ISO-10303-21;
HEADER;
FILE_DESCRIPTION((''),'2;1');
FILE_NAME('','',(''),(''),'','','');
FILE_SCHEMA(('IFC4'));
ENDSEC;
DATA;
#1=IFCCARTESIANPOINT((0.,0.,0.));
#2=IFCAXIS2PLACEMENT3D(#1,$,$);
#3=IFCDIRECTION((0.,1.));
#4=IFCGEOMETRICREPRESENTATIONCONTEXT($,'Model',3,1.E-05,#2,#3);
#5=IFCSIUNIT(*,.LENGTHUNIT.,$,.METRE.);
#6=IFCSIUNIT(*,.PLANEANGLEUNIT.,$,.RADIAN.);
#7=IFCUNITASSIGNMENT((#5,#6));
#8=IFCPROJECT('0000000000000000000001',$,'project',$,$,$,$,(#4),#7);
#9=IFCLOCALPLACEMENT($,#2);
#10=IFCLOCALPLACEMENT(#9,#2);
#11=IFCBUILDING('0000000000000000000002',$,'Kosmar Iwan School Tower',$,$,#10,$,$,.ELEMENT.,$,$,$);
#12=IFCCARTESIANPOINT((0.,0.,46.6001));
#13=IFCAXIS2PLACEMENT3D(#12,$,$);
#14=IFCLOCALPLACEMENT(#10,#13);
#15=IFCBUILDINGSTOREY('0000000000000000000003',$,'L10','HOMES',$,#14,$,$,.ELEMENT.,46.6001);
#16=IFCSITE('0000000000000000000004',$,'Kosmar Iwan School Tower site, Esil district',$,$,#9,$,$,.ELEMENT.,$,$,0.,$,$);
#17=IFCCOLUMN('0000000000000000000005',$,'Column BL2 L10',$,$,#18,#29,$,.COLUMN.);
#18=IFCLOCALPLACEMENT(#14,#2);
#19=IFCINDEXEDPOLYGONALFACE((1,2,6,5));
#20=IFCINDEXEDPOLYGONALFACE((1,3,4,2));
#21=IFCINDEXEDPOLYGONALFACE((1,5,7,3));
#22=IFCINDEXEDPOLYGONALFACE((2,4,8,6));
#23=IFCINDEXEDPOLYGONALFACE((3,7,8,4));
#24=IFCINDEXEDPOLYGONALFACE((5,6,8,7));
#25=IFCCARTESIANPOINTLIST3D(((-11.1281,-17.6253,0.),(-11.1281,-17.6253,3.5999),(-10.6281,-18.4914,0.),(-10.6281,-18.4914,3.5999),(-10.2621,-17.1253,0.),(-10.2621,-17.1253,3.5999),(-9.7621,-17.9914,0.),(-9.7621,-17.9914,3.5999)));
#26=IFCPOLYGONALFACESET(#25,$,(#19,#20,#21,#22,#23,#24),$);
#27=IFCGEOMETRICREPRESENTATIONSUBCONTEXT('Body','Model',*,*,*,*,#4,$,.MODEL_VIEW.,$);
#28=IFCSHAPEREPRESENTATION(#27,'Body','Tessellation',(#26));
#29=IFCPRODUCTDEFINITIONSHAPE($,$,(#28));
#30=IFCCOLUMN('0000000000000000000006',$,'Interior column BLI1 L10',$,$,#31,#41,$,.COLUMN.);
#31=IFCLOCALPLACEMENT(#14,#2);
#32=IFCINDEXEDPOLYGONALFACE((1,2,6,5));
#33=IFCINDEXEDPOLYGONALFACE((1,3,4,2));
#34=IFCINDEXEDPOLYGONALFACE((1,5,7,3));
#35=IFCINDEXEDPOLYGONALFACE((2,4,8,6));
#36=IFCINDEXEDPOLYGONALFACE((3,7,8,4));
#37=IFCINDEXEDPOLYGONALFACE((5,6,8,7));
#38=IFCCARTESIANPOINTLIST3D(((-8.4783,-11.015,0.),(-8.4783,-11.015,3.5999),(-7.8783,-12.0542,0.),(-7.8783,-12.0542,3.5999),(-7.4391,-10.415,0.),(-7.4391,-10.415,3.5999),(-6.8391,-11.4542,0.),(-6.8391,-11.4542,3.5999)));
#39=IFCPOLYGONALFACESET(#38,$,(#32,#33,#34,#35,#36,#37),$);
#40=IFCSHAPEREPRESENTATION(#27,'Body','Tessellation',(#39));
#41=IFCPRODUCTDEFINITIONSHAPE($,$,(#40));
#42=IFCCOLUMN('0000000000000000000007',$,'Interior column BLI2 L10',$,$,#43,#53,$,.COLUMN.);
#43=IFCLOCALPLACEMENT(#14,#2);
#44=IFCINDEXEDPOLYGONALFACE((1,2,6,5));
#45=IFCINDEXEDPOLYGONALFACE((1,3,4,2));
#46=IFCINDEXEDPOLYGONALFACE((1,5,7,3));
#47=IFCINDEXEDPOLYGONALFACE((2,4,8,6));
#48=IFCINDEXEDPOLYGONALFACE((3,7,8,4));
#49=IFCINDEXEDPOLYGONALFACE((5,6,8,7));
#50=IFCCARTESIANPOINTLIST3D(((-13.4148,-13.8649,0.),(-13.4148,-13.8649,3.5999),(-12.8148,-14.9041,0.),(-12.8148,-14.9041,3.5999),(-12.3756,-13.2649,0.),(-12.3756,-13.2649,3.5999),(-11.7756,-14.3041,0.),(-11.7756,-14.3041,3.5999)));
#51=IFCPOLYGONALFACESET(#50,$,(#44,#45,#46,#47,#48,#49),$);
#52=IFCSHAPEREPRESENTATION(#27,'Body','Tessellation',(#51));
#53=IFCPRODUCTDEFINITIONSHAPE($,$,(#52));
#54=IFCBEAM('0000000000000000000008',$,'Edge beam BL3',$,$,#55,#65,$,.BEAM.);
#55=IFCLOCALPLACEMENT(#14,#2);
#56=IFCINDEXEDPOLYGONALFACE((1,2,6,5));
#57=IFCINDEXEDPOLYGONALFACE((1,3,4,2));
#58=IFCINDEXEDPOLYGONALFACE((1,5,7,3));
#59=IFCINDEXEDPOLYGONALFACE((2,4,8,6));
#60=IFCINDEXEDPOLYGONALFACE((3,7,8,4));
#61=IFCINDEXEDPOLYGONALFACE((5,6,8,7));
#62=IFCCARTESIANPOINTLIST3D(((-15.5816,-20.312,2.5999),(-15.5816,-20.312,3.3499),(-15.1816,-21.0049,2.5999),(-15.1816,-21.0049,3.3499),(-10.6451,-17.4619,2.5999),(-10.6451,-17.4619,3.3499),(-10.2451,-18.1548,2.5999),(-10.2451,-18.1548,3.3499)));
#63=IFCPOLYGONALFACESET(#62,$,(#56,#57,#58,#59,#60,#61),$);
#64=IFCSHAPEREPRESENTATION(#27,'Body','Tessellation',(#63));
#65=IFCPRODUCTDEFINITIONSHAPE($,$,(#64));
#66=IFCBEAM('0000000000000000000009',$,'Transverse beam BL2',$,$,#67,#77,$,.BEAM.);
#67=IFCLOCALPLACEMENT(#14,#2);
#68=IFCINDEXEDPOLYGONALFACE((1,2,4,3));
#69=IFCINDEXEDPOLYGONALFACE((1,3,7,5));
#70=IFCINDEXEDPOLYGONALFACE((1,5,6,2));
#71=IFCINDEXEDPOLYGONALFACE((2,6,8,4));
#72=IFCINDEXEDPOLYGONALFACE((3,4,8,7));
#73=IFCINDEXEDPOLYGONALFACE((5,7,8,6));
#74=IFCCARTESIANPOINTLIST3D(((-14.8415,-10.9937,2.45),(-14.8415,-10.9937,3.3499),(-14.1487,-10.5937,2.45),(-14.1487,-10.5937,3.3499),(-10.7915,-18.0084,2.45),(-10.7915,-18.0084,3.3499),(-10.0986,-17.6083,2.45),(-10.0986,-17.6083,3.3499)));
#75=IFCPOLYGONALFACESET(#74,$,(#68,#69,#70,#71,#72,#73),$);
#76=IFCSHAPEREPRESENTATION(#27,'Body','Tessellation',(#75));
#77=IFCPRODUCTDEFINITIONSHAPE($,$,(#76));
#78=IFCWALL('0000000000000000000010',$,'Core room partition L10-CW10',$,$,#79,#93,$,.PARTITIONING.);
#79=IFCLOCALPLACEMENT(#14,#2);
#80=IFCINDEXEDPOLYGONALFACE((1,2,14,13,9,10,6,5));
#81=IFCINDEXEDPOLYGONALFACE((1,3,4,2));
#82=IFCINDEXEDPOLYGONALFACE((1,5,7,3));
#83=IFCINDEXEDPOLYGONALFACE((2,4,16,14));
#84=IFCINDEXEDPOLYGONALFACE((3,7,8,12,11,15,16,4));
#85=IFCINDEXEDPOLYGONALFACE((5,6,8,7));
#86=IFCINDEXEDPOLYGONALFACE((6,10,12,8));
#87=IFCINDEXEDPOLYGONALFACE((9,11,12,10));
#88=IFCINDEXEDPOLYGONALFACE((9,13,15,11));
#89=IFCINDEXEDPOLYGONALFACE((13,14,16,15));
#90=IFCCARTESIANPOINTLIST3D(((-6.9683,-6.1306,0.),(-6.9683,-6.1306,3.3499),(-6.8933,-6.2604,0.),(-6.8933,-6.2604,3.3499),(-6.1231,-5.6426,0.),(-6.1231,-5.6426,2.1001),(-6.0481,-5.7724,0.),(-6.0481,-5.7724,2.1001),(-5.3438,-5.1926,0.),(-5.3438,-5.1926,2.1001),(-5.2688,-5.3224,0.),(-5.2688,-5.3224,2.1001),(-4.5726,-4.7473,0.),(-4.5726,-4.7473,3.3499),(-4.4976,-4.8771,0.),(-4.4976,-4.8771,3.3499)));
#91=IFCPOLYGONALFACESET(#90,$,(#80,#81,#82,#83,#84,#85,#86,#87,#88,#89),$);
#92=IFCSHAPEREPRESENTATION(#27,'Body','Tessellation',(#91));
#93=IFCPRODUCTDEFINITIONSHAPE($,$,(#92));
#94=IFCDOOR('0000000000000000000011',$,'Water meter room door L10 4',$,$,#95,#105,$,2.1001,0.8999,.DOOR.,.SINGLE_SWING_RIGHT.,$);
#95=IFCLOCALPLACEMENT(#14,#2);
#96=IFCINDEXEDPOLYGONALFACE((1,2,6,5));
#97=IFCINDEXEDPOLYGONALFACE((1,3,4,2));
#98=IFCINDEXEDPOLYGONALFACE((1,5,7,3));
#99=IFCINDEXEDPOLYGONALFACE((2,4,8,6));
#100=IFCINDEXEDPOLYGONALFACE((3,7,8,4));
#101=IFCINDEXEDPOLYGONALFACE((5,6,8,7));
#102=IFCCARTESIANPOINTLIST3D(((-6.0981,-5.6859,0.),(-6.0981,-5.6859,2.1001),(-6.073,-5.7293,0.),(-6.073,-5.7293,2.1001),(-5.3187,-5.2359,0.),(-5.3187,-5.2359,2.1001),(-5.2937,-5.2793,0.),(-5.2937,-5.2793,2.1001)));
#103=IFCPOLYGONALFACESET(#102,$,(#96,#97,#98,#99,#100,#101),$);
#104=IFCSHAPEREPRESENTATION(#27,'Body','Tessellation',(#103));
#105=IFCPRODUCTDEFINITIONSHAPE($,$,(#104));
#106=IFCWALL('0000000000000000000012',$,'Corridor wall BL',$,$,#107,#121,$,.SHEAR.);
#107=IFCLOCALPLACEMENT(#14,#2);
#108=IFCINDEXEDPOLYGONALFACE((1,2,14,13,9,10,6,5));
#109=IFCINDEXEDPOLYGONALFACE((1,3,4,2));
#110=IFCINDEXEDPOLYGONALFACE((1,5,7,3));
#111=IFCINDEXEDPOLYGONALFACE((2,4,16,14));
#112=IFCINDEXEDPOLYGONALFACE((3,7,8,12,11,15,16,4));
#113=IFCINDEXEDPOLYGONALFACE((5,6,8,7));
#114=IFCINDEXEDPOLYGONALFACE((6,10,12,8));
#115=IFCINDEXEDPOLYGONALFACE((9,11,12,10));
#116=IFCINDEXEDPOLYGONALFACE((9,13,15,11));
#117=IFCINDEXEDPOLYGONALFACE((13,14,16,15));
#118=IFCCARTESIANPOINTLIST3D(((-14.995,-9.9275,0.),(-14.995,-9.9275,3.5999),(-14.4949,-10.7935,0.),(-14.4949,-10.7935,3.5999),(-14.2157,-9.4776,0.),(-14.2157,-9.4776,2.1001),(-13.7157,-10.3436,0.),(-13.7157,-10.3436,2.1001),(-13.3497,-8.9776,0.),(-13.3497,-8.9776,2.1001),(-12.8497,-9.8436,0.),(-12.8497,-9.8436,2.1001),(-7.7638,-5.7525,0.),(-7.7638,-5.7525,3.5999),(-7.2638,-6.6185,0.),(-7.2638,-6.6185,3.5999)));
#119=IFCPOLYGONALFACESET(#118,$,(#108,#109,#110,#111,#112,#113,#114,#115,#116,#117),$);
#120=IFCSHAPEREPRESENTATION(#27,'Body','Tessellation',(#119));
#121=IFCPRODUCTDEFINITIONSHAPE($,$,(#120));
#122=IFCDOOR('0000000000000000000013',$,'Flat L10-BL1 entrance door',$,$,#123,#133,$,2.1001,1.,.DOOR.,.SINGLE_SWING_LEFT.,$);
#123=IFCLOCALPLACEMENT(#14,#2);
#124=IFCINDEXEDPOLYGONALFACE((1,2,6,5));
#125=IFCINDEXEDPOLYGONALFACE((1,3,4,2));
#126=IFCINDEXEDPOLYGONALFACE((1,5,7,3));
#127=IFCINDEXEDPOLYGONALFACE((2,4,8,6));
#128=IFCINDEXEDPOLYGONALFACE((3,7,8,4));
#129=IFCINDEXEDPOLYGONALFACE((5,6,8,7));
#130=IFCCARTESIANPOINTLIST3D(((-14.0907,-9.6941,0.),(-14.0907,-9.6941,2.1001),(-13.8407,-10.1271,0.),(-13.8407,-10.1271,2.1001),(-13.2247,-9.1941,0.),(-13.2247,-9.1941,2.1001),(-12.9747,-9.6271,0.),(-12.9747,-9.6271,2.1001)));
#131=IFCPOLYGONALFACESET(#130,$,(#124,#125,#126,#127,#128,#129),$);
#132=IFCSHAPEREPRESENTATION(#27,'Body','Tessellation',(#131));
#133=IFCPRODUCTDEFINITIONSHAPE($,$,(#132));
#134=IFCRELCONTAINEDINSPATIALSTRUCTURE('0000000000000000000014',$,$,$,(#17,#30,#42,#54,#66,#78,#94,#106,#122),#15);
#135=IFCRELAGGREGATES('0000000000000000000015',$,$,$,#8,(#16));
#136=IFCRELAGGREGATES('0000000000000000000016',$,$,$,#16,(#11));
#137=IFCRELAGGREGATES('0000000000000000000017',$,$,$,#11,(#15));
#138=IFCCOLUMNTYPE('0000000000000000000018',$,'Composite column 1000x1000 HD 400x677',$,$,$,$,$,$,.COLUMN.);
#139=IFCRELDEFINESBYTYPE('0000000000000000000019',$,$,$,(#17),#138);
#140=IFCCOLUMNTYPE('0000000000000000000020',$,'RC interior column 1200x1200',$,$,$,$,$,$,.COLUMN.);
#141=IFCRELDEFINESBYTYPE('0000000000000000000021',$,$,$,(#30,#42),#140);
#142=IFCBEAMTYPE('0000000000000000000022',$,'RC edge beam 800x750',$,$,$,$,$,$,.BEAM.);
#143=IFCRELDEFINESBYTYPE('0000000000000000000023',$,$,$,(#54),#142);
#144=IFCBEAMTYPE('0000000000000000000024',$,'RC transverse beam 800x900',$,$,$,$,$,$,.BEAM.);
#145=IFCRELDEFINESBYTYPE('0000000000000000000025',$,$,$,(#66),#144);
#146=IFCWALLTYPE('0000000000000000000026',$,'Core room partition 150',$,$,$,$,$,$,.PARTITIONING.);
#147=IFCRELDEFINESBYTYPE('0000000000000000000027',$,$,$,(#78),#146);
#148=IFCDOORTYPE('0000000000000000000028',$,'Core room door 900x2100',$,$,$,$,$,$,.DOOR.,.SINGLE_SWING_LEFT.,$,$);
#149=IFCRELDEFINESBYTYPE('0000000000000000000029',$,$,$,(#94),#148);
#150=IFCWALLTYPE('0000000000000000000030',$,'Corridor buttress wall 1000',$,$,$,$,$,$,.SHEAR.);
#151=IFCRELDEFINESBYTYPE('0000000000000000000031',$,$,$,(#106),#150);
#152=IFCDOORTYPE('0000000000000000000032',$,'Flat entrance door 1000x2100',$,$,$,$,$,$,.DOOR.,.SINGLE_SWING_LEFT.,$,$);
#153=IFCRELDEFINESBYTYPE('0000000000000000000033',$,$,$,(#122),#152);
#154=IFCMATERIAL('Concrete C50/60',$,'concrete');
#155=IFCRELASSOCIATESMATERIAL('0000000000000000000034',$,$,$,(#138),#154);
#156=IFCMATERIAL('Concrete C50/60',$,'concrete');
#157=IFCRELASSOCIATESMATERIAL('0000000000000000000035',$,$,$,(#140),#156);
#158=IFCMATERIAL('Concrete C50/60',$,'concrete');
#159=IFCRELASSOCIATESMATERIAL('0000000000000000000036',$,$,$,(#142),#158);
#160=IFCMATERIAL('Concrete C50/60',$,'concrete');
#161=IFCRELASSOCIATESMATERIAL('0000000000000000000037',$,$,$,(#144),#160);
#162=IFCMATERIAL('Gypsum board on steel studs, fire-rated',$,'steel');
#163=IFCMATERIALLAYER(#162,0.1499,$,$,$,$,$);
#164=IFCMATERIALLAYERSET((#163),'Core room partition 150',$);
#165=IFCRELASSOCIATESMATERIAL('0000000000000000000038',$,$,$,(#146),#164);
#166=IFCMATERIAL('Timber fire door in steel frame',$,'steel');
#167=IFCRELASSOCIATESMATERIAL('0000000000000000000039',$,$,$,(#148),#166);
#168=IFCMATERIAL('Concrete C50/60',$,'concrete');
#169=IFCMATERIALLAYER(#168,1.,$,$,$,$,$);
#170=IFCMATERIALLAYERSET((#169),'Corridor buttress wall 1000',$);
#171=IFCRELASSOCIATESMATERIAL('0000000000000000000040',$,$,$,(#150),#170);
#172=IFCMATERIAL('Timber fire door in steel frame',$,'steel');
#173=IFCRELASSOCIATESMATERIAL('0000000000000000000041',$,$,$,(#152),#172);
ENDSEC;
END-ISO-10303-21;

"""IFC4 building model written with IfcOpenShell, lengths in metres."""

from ifc_helpers import new_model, si_unit, direction, frame, frame_2d, origin, origin_2d, place, context, subcontext, project, spatial, rectangle, extrude, material, layer, layer_set, material_profile, profile_set, type_object, element, fill, save


model = new_model("IFC4")

# Units and contexts
model_context = context("Model", 3, precision=1e-05, world=origin(), true_north=direction((0.0, 1.0)))
body_context = subcontext(model_context, "Body", "Model", "MODEL_VIEW")
ifc_project = project(units=[si_unit("LENGTHUNIT", "METRE"), si_unit("PLANEANGLEUNIT", "RADIAN")], contexts=[model_context])

# Site, building, storey
site_placement = place(None, origin())
site = spatial("IfcSite", under=ifc_project, at=site_placement, Name="Kosmar Iwan School Tower site, Esil district", CompositionType="ELEMENT", RefElevation=0.0)
building_placement = place(site_placement, origin())
building = spatial("IfcBuilding", under=site, at=building_placement, Name="Kosmar Iwan School Tower", CompositionType="ELEMENT")
storey_placement = place(building_placement, frame((0.0, 0.0, 46.6001)))
storey = spatial("IfcBuildingStorey", under=building, at=storey_placement, Name="L10", Description="HOMES", CompositionType="ELEMENT", Elevation=46.6001)

# Columns
ifc_material_1 = material(Name="Concrete C50/60", Category="concrete")
ifc_material_profile_1 = material_profile(ifc_material_1, rectangle(XDim=1.0, YDim=1.0, at=origin_2d()), Name="RC 1000x1000 + HD 400x677")
ifc_profile_set_1 = profile_set([ifc_material_profile_1], Name="Concrete C50/60")
column_type_1 = type_object("IfcColumnType", Name="Composite column 1000x1000 HD 400x677", PredefinedType="COLUMN", material=ifc_profile_set_1)
column_placement = place(storey_placement, frame((-10.4451, -17.8083, 0.0), z_axis=(0.0, 0.0, 1.0), x_axis=(-0.866025, -0.5, 0.0)))
element("IfcColumn", 1, at=column_placement, inside=storey, type_object=column_type_1, Name="Column BL2 L10", PredefinedType="COLUMN", context=body_context, shape_type="SweptSolid", body=[
    extrude(rectangle(XDim=1.0, YDim=1.0, at=origin_2d()), origin(), (0.0, 0.0, 1.0), 3.5999),
])
ifc_material_2 = material(Name="Concrete C50/60", Category="concrete")
ifc_material_profile_2 = material_profile(ifc_material_2, rectangle(XDim=1.2, YDim=1.2, at=origin_2d()), Name="RC 1200x1200")
ifc_profile_set_2 = profile_set([ifc_material_profile_2], Name="Concrete C50/60")
column_type_2 = type_object("IfcColumnType", Name="RC interior column 1200x1200", PredefinedType="COLUMN", material=ifc_profile_set_2)
for number, where, z_axis, x_axis, name in (
    (2, (-7.6587, -11.2346, 0.0), (0.0, 0.0, 1.0), (-0.866025, -0.5, 0.0), "Interior column BLI1 L10"),
    (3, (-12.5952, -14.0845, 0.0), (0.0, 0.0, 1.0), (-0.866025, -0.5, 0.0), "Interior column BLI2 L10"),
):
    element("IfcColumn", number, at=place(storey_placement, frame(where, z_axis=z_axis, x_axis=x_axis)), inside=storey, type_object=column_type_2, Name=name, PredefinedType="COLUMN", context=body_context, shape_type="SweptSolid", body=[
        extrude(rectangle(XDim=1.2, YDim=1.2, at=origin_2d()), origin(), (0.0, 0.0, 1.0), 3.5999),
    ])

# Beams
ifc_material_3 = material(Name="Concrete C50/60", Category="concrete")
ifc_material_profile_3 = material_profile(ifc_material_3, rectangle(XDim=0.8, YDim=0.75, at=origin_2d()), Name="RC 800x750")
ifc_profile_set_3 = profile_set([ifc_material_profile_3], Name="Concrete C50/60")
beam_type_1 = type_object("IfcBeamType", Name="RC edge beam 800x750", PredefinedType="BEAM", material=ifc_profile_set_3)
beam_1_placement = place(storey_placement, frame((-10.4451, -17.8083, 2.9749), z_axis=(-0.866026, -0.499999, 0.0), x_axis=(0.499999, -0.866026, 0.0)))
element("IfcBeam", 4, at=beam_1_placement, inside=storey, type_object=beam_type_1, Name="Edge beam BL3", PredefinedType="BEAM", context=body_context, shape_type="SweptSolid", body=[
    extrude(rectangle(XDim=0.8, YDim=0.75, at=origin_2d()), origin(), (0.0, 0.0, 1.0), 5.7002),
])
ifc_material_4 = material(Name="Concrete C50/60", Category="concrete")
ifc_material_profile_4 = material_profile(ifc_material_4, rectangle(XDim=0.8, YDim=0.8999, at=origin_2d()), Name="RC 800x900")
ifc_profile_set_4 = profile_set([ifc_material_profile_4], Name="Concrete C50/60")
beam_type_2 = type_object("IfcBeamType", Name="RC transverse beam 800x900", PredefinedType="BEAM", material=ifc_profile_set_4)
beam_2_placement = place(storey_placement, frame((-10.4451, -17.8083, 2.8999), z_axis=(-0.500013, 0.866018, 0.0), x_axis=(-0.866018, -0.500013, 0.0)))
element("IfcBeam", 5, at=beam_2_placement, inside=storey, type_object=beam_type_2, Name="Transverse beam BL2", PredefinedType="BEAM", context=body_context, shape_type="SweptSolid", body=[
    extrude(rectangle(XDim=0.8, YDim=0.8999, at=origin_2d()), origin(), (0.0, 0.0, 1.0), 8.0999),
])

# Walls, openings, doors
ifc_material_5 = material(Name="Gypsum board on steel studs, fire-rated", Category="steel")
ifc_layer_1 = layer(ifc_material_5, 0.1499)
ifc_layer_set_1 = layer_set([ifc_layer_1], Name="Core room partition 150")
wall_type_1 = type_object("IfcWallType", Name="Core room partition 150", PredefinedType="PARTITIONING", material=ifc_layer_set_1)
wall_1_placement = place(storey_placement, frame((-6.9309, -6.1956, 0.0), z_axis=(0.0, 0.0, 1.0), x_axis=(0.866008, 0.500031, 0.0)))
wall_1 = element("IfcWall", 6, at=wall_1_placement, inside=storey, type_object=wall_type_1, Name="Core room partition L10-CW10", PredefinedType="PARTITIONING", context=body_context, shape_type="SweptSolid", body=[
    extrude(rectangle(XDim=2.7664, YDim=0.1499, at=frame_2d((1.3833, 0.0))), origin(), (0.0, 0.0, 1.0), 3.3499),
])
opening_1_placement = place(wall_1_placement, frame((0.9761, 0.0, 0.0)))
opening_1 = element("IfcOpeningElement", 7, at=opening_1_placement, cuts=wall_1, PredefinedType="OPENING", context=body_context, shape_type="SweptSolid", body=[
    extrude(rectangle(XDim=0.8999, YDim=2.1001, at=frame_2d((0.45, 1.05))), frame((0.0, 0.0869, 0.0), z_axis=(0.0, -1.0, 0.0), x_axis=(1.0, 0.0, 0.0)), (0.0, 0.0, 1.0), 0.1738),
])
ifc_material_6 = material(Name="Timber fire door in steel frame", Category="steel")
door_type_1 = type_object("IfcDoorType", Name="Core room door 900x2100", OperationType="SINGLE_SWING_LEFT", PredefinedType="DOOR", material=ifc_material_6)
door_1_placement = place(opening_1_placement, origin())
door_1 = element("IfcDoor", 8, at=door_1_placement, inside=storey, type_object=door_type_1, Name="Water meter room door L10 4", OperationType="SINGLE_SWING_RIGHT", OverallHeight=2.1001, OverallWidth=0.8999, PredefinedType="DOOR", context=body_context, shape_type="SweptSolid", body=[
    extrude(rectangle(XDim=0.8999, YDim=2.1001, at=frame_2d((0.45, 1.05))), frame((0.0, 0.0249, 0.0), z_axis=(0.0, -1.0, 0.0), x_axis=(1.0, 0.0, 0.0)), (0.0, 0.0, 1.0), 0.05),
])
fill(opening_1, door_1)
ifc_material_7 = material(Name="Concrete C50/60", Category="concrete")
ifc_layer_2 = layer(ifc_material_7, 1.0)
ifc_layer_set_2 = layer_set([ifc_layer_2], Name="Corridor buttress wall 1000")
wall_type_2 = type_object("IfcWallType", Name="Corridor buttress wall 1000", PredefinedType="SHEAR", material=ifc_layer_set_2)
wall_2_placement = place(storey_placement, frame((-7.5139, -6.1855, 0.0), z_axis=(0.0, 0.0, 1.0), x_axis=(-0.86602, -0.50001, 0.0)))
wall_2 = element("IfcWall", 9, at=wall_2_placement, inside=storey, type_object=wall_type_2, Name="Corridor wall BL", PredefinedType="SHEAR", context=body_context, shape_type="SweptSolid", body=[
    extrude(rectangle(XDim=8.3499, YDim=1.0, at=frame_2d((4.1748, 0.0))), origin(), (0.0, 0.0, 1.0), 3.5999),
])
opening_2_placement = place(wall_2_placement, frame((6.45, 0.0, 0.0)))
opening_2 = element("IfcOpeningElement", 10, at=opening_2_placement, cuts=wall_2, PredefinedType="OPENING", context=body_context, shape_type="SweptSolid", body=[
    extrude(rectangle(XDim=1.0, YDim=2.1001, at=frame_2d((0.5, 1.05))), frame((0.0, 0.512, 0.0), z_axis=(0.0, -1.0, 0.0), x_axis=(1.0, 0.0, 0.0)), (0.0, 0.0, 1.0), 1.0239),
])
ifc_material_8 = material(Name="Timber fire door in steel frame", Category="steel")
door_type_2 = type_object("IfcDoorType", Name="Flat entrance door 1000x2100", OperationType="SINGLE_SWING_LEFT", PredefinedType="DOOR", material=ifc_material_8)
door_2_placement = place(opening_2_placement, origin())
door_2 = element("IfcDoor", 11, at=door_2_placement, inside=storey, type_object=door_type_2, Name="Flat L10-BL1 entrance door", OperationType="SINGLE_SWING_LEFT", OverallHeight=2.1001, OverallWidth=1.0, PredefinedType="DOOR", context=body_context, shape_type="SweptSolid", body=[
    extrude(rectangle(XDim=1.0, YDim=2.1001, at=frame_2d((0.5, 1.05))), frame((0.0, 0.25, 0.0), z_axis=(0.0, -1.0, 0.0), x_axis=(1.0, 0.0, 0.0)), (0.0, 0.0, 1.0), 0.5),
])
fill(opening_2, door_2)

save(model, "model.ifc")
